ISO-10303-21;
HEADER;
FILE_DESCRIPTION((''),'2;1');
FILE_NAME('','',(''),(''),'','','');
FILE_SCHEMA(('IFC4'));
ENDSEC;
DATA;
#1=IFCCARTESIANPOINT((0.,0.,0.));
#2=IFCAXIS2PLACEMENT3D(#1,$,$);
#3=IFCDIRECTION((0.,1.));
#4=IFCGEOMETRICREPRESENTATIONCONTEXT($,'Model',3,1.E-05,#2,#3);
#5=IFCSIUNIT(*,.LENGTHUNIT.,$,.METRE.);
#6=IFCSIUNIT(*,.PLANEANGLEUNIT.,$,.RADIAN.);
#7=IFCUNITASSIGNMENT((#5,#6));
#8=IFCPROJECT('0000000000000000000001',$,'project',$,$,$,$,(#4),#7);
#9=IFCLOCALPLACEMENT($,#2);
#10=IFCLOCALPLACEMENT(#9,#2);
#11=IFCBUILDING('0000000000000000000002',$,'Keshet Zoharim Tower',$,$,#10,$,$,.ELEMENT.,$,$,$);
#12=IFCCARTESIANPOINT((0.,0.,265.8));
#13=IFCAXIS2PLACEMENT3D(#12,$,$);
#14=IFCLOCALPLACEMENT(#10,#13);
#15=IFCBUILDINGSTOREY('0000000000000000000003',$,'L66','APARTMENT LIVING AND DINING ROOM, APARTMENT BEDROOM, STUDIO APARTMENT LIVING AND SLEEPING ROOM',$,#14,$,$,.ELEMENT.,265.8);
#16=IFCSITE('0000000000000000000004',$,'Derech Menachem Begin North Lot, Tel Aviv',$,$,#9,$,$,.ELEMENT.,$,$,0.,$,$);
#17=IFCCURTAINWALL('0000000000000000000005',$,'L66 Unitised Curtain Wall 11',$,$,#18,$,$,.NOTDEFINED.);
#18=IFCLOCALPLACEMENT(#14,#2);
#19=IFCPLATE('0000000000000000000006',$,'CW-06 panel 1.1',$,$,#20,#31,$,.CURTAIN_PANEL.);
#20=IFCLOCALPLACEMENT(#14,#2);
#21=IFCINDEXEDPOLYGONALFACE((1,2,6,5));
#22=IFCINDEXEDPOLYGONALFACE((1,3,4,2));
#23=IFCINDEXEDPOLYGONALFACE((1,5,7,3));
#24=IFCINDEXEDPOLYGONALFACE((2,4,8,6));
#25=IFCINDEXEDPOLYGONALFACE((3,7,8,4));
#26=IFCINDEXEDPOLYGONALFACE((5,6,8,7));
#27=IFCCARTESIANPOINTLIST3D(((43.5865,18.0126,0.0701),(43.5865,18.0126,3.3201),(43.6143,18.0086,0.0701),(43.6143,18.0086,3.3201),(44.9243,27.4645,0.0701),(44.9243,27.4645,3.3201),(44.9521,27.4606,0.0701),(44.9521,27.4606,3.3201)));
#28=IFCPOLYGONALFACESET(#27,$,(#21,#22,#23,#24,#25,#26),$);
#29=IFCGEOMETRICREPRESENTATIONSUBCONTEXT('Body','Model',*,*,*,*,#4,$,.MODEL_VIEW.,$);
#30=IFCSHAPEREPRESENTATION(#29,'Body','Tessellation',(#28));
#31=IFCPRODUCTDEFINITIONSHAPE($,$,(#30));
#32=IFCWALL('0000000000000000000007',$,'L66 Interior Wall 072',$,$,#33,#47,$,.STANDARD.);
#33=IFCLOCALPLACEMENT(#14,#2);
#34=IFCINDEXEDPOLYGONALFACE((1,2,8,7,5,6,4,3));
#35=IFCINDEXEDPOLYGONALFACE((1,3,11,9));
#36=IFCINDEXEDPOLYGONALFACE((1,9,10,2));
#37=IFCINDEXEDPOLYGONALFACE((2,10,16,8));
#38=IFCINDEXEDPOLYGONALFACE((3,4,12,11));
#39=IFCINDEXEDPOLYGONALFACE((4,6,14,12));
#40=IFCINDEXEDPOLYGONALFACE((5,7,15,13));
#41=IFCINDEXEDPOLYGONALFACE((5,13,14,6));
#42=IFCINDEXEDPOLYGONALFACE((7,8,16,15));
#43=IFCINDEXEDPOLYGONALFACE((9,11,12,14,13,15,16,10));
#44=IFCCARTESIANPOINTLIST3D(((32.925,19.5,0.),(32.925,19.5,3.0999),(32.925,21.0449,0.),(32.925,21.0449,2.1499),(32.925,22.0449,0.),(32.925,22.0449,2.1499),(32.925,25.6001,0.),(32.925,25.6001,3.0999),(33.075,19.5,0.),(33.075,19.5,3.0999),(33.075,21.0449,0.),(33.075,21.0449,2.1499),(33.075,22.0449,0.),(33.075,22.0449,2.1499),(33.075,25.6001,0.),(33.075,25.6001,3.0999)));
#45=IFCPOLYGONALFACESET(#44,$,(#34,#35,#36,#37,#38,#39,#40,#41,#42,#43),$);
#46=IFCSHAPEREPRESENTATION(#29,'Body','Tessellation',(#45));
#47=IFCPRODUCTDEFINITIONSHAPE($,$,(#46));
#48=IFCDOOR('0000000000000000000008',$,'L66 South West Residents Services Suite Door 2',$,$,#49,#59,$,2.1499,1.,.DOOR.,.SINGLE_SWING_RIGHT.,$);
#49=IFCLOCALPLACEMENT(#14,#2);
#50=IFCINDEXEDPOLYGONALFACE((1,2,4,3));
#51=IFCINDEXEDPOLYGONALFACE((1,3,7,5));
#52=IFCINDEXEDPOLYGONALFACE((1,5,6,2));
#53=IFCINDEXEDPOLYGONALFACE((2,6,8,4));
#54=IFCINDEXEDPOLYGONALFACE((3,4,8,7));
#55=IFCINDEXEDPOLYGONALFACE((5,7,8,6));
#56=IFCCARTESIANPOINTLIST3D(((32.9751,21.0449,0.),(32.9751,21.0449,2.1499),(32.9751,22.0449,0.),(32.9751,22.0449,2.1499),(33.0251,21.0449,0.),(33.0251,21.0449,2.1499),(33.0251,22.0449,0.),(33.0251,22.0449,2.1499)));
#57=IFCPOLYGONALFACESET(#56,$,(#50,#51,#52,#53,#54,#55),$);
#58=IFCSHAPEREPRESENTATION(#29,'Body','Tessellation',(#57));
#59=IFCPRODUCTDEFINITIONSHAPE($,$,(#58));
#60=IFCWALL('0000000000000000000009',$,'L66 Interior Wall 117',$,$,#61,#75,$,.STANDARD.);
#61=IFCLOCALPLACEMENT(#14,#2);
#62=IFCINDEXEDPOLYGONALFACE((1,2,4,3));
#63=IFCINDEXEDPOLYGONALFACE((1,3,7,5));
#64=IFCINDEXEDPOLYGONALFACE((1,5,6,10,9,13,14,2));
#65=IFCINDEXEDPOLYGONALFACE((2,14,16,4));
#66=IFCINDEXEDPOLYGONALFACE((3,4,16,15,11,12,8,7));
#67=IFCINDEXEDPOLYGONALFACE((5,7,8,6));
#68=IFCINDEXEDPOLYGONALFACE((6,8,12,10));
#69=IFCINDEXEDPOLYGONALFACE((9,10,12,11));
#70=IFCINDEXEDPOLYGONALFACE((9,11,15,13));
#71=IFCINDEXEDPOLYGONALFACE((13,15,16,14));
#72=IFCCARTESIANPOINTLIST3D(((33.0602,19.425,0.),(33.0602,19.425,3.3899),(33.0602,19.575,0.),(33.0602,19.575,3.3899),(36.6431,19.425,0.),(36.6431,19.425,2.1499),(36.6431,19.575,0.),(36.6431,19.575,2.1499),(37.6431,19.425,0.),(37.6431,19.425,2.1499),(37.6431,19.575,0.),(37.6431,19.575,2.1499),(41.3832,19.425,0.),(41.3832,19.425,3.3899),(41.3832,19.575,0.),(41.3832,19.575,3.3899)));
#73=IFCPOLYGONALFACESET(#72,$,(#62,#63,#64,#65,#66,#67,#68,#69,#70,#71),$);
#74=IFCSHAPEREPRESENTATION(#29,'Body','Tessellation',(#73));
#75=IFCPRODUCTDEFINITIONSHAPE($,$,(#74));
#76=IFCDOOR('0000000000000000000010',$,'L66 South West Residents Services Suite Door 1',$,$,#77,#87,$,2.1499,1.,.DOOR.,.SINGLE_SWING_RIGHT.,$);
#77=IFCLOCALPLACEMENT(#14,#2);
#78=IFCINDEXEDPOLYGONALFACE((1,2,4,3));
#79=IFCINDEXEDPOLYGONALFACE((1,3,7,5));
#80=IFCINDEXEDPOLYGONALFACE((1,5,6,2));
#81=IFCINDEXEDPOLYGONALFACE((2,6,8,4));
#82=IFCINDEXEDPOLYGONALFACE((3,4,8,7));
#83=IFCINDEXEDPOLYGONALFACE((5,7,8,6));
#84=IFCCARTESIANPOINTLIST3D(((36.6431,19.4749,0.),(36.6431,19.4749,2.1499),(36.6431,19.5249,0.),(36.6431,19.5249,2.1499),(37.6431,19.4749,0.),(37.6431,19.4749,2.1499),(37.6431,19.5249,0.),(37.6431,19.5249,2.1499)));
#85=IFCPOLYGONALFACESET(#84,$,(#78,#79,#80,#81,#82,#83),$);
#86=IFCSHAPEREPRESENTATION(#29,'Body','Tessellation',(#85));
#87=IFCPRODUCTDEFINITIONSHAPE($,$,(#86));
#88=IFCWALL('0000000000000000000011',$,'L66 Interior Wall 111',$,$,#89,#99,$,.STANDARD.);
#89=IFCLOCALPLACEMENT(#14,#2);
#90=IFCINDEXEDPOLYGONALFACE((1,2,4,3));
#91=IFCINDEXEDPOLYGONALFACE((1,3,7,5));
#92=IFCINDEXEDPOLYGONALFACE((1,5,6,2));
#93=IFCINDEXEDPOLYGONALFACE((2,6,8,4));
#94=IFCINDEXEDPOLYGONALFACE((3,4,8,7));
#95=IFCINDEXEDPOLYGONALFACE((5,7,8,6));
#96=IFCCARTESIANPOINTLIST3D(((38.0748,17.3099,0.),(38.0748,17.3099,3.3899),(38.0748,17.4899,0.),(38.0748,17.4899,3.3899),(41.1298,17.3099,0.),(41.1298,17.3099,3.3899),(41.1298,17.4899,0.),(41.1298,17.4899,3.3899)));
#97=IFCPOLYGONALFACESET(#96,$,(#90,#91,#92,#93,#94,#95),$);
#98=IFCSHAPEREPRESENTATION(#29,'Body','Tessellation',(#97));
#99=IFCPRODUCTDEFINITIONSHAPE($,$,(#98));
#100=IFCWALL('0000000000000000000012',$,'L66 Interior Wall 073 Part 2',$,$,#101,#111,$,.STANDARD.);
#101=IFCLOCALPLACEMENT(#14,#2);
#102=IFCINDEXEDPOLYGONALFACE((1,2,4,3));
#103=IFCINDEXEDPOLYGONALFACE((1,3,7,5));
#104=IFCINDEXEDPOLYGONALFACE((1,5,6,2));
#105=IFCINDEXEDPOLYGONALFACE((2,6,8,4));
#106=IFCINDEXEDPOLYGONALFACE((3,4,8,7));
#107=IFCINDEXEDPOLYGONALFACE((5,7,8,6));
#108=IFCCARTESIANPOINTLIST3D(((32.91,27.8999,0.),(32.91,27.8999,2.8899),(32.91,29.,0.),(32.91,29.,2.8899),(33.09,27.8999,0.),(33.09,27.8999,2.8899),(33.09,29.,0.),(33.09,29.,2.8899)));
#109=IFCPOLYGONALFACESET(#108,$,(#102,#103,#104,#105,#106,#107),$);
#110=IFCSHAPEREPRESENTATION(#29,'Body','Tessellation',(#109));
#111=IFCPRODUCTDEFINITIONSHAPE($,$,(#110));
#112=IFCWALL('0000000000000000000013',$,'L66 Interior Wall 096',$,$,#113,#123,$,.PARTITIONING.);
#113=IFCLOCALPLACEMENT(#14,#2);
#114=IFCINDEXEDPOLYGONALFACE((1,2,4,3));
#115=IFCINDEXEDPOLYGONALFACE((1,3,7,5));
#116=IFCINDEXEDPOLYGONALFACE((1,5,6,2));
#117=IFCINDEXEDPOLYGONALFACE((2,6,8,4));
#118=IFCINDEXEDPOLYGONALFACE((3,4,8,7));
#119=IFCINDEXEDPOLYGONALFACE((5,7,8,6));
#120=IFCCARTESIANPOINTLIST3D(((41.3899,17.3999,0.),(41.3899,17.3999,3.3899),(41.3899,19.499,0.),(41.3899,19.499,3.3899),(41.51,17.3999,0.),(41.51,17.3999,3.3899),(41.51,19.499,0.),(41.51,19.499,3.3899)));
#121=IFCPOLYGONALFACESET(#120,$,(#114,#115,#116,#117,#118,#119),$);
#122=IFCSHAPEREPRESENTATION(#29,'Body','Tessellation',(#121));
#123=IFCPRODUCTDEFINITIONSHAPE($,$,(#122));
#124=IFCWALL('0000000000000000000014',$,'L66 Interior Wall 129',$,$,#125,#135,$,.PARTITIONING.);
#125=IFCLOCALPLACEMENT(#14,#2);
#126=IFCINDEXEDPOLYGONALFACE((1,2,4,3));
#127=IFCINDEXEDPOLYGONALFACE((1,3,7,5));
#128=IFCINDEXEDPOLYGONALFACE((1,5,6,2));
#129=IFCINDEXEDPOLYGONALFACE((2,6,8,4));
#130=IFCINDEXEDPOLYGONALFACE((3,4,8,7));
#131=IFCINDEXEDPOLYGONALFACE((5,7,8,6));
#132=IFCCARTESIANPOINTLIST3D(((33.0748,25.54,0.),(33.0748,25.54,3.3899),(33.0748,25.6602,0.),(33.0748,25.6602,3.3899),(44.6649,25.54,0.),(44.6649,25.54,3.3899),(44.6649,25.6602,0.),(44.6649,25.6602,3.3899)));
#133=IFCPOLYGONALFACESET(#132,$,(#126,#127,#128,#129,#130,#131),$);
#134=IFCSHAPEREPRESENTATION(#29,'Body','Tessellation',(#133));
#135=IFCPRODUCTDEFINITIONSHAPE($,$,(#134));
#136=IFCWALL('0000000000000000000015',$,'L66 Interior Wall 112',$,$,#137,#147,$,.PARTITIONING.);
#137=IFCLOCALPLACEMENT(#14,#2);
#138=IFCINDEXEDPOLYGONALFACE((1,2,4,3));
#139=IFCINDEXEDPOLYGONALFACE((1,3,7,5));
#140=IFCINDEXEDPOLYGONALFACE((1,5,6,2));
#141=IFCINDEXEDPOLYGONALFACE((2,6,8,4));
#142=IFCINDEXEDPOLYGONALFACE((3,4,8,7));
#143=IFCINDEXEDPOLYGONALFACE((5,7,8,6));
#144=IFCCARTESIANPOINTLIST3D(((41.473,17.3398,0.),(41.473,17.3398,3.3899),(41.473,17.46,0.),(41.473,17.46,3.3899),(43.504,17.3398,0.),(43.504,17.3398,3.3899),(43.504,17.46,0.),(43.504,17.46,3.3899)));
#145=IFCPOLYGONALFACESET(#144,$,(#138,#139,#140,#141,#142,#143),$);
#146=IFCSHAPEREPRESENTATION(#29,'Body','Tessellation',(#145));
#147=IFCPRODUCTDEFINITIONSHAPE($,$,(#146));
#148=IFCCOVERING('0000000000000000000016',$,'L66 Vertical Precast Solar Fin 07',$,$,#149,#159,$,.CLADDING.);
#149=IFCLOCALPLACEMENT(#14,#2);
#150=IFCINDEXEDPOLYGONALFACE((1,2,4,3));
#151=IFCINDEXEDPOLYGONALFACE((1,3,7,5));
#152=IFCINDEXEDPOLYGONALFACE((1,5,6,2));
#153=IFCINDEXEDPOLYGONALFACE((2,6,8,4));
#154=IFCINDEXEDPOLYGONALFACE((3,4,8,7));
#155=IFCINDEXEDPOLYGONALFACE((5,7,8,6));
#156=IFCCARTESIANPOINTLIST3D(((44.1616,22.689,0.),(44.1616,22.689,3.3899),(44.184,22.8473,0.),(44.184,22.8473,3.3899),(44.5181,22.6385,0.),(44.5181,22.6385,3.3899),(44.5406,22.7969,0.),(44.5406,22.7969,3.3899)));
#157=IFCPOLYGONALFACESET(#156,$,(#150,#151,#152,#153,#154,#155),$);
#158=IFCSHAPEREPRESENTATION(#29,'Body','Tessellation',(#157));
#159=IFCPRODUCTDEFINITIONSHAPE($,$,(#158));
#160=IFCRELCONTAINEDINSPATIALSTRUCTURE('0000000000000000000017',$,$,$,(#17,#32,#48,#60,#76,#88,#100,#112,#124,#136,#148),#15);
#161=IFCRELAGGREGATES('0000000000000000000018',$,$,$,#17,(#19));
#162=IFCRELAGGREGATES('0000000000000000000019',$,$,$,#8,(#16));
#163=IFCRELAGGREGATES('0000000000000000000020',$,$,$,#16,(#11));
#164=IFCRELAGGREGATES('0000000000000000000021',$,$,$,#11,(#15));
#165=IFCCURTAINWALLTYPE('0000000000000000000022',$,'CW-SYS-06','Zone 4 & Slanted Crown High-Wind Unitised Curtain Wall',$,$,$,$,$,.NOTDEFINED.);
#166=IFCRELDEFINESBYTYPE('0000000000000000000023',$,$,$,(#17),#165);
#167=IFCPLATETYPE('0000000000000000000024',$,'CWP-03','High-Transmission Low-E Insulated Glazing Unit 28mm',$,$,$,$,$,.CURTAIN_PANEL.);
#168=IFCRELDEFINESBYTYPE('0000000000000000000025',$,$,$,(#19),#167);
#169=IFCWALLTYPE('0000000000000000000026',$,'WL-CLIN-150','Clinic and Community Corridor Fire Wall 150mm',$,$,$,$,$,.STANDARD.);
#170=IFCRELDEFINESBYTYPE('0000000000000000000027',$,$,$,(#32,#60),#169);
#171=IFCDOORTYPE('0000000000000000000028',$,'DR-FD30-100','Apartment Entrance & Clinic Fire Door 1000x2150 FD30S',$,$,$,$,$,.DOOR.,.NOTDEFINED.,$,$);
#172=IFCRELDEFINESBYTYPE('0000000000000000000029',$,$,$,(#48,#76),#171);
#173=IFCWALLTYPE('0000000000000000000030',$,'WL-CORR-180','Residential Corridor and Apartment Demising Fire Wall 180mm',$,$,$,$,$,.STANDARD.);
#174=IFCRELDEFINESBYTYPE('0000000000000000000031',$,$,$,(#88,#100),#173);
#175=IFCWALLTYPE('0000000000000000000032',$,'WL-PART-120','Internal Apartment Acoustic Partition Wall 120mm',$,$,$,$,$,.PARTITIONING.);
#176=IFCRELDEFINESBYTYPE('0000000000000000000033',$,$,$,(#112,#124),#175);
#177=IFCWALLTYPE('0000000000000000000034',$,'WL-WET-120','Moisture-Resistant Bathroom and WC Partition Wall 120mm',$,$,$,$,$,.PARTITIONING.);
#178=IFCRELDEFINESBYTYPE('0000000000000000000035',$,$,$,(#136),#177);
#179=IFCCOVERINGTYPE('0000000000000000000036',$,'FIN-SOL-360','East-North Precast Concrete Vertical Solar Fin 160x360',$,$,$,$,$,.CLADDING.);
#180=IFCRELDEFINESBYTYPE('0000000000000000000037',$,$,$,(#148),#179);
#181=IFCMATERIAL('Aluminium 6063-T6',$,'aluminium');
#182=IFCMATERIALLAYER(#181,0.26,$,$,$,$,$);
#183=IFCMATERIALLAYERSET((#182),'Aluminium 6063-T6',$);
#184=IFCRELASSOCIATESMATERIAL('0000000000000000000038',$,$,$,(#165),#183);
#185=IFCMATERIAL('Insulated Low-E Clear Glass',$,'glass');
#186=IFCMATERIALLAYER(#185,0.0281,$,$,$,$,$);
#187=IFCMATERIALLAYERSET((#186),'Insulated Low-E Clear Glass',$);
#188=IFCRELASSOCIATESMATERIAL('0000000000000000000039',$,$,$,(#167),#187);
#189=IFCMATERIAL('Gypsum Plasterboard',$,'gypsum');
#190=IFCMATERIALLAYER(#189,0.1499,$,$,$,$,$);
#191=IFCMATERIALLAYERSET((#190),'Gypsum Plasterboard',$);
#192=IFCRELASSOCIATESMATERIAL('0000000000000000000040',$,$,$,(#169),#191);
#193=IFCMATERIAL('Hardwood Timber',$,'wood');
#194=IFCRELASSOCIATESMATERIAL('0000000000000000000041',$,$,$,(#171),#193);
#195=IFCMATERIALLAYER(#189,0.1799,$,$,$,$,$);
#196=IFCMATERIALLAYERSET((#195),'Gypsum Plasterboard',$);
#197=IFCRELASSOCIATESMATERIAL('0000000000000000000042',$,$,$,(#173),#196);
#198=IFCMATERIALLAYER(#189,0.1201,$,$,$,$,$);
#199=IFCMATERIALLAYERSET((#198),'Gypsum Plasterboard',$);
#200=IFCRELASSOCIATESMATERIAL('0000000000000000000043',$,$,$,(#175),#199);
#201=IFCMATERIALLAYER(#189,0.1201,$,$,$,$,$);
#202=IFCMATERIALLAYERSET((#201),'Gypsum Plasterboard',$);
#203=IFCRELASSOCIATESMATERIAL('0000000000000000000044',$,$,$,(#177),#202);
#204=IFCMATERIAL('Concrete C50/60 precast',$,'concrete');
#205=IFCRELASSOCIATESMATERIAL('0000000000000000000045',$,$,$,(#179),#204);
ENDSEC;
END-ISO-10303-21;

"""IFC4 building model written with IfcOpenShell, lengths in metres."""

from ifc_helpers import new_model, si_unit, direction, frame, frame_2d, origin, origin_2d, place, context, subcontext, project, spatial, rectangle, extrude, material, layer, layer_set, type_object, element, fill, aggregate, save


model = new_model("IFC4")

# Units and contexts
model_context = context("Model", 3, precision=1e-05, world=origin(), true_north=direction((0.0, 1.0)))
body_context = subcontext(model_context, "Body", "Model", "MODEL_VIEW")
ifc_project = project(units=[si_unit("LENGTHUNIT", "METRE"), si_unit("PLANEANGLEUNIT", "RADIAN")], contexts=[model_context])

# Site, building, storey
site_placement = place(None, origin())
site = spatial("IfcSite", under=ifc_project, at=site_placement, Name="Derech Menachem Begin North Lot, Tel Aviv", CompositionType="ELEMENT", RefElevation=0.0)
building_placement = place(site_placement, origin())
building = spatial("IfcBuilding", under=site, at=building_placement, Name="Keshet Zoharim Tower", CompositionType="ELEMENT")
storey_placement = place(building_placement, frame((0.0, 0.0, 265.8)))
storey = spatial("IfcBuildingStorey", under=building, at=storey_placement, Name="L66", Description="APARTMENT LIVING AND DINING ROOM, APARTMENT BEDROOM, STUDIO APARTMENT LIVING AND SLEEPING ROOM", CompositionType="ELEMENT", Elevation=265.8)

# Shared definitions
ifc_material_1 = material(Name="Aluminium 6063-T6", Category="aluminium")
ifc_layer_1 = layer(ifc_material_1, 0.26)
ifc_layer_set_1 = layer_set([ifc_layer_1], Name="Aluminium 6063-T6")
curtain_wall_type = type_object("IfcCurtainWallType", Name="CW-SYS-06", Description="Zone 4 & Slanted Crown High-Wind Unitised Curtain Wall", PredefinedType="NOTDEFINED", material=ifc_layer_set_1)

# Curtain wall
curtain_wall_1_placement = place(storey_placement, origin())
curtain_wall_1 = element("IfcCurtainWall", 1, at=curtain_wall_1_placement, inside=storey, type_object=curtain_wall_type, Name="L66 Unitised Curtain Wall 11", PredefinedType="NOTDEFINED")

# Plate
ifc_material_2 = material(Name="Insulated Low-E Clear Glass", Category="glass")
ifc_layer_2 = layer(ifc_material_2, 0.0281)
ifc_layer_set_2 = layer_set([ifc_layer_2], Name="Insulated Low-E Clear Glass")
plate_type = type_object("IfcPlateType", Name="CWP-03", Description="High-Transmission Low-E Insulated Glazing Unit 28mm", PredefinedType="CURTAIN_PANEL", material=ifc_layer_set_2)
plate_1_placement = place(storey_placement, frame((44.2693, 22.7366, 0.0701), z_axis=(0.0, 0.0, 1.0), x_axis=(-0.140137, -0.990132, 0.0)))
plate_1 = element("IfcPlate", 2, at=plate_1_placement, type_object=plate_type, Name="CW-06 panel 1.1", PredefinedType="CURTAIN_PANEL", context=body_context, shape_type="SweptSolid", body=[
    extrude(rectangle(XDim=9.5461, YDim=0.0281, at=origin_2d()), origin(), (0.0, 0.0, 1.0), 3.25),
])
aggregate(curtain_wall_1, [plate_1])

# Walls, openings, doors
ifc_material_3 = material(Name="Gypsum Plasterboard", Category="gypsum")
ifc_layer_3 = layer(ifc_material_3, 0.1499)
ifc_layer_set_3 = layer_set([ifc_layer_3], Name="Gypsum Plasterboard")
wall_type_1 = type_object("IfcWallType", Name="WL-CLIN-150", Description="Clinic and Community Corridor Fire Wall 150mm", PredefinedType="STANDARD", material=ifc_layer_set_3)
wall_1_placement = place(storey_placement, frame((33.0, 19.5, 0.0), z_axis=(0.0, 0.0, 1.0), x_axis=(0.0, 1.0, 0.0)))
wall_1 = element("IfcWall", 3, at=wall_1_placement, inside=storey, type_object=wall_type_1, Name="L66 Interior Wall 072", PredefinedType="STANDARD", context=body_context, shape_type="SweptSolid", body=[
    extrude(rectangle(XDim=6.1001, YDim=0.1499, at=frame_2d((3.05, 0.0))), origin(), (0.0, 0.0, 1.0), 3.0999),
])
opening_1_placement = place(wall_1_placement, frame((1.5449, 0.0, 0.0)))
opening_1 = element("IfcOpeningElement", 4, at=opening_1_placement, cuts=wall_1, PredefinedType="OPENING", context=body_context, shape_type="SweptSolid", body=[
    extrude(rectangle(XDim=1.0, YDim=2.1499, at=frame_2d((0.5, 1.075))), frame((0.0, 0.085, 0.0), z_axis=(0.0, -1.0, 0.0), x_axis=(1.0, 0.0, 0.0)), (0.0, 0.0, 1.0), 0.1699),
])
ifc_material_4 = material(Name="Hardwood Timber", Category="wood")
door_type = type_object("IfcDoorType", Name="DR-FD30-100", Description="Apartment Entrance & Clinic Fire Door 1000x2150 FD30S", OperationType="NOTDEFINED", PredefinedType="DOOR", material=ifc_material_4)
door_1_placement = place(opening_1_placement, origin())
door_1 = element("IfcDoor", 5, at=door_1_placement, inside=storey, type_object=door_type, Name="L66 South West Residents Services Suite Door 2", OperationType="SINGLE_SWING_RIGHT", OverallHeight=2.1499, OverallWidth=1.0, PredefinedType="DOOR", context=body_context, shape_type="SweptSolid", body=[
    extrude(rectangle(XDim=1.0, YDim=2.1499, at=frame_2d((0.5, 1.075))), frame((0.0, 0.0249, 0.0), z_axis=(0.0, -1.0, 0.0), x_axis=(1.0, 0.0, 0.0)), (0.0, 0.0, 1.0), 0.05),
])
fill(opening_1, door_1)
wall_2_placement = place(storey_placement, frame((33.0601, 19.5, 0.0), z_axis=(0.0, 0.0, 1.0), x_axis=(1.0, 0.0, 0.0)))
wall_2 = element("IfcWall", 6, at=wall_2_placement, inside=storey, type_object=wall_type_1, Name="L66 Interior Wall 117", PredefinedType="STANDARD", context=body_context, shape_type="SweptSolid", body=[
    extrude(rectangle(XDim=8.323, YDim=0.1499, at=frame_2d((4.1616, 0.0))), origin(), (0.0, 0.0, 1.0), 3.3899),
])
opening_2_placement = place(wall_2_placement, frame((3.583, 0.0, 0.0)))
opening_2 = element("IfcOpeningElement", 7, at=opening_2_placement, cuts=wall_2, PredefinedType="OPENING", context=body_context, shape_type="SweptSolid", body=[
    extrude(rectangle(XDim=1.0, YDim=2.1499, at=frame_2d((0.5, 1.075))), frame((0.0, 0.085, 0.0), z_axis=(0.0, -1.0, 0.0), x_axis=(1.0, 0.0, 0.0)), (0.0, 0.0, 1.0), 0.1699),
])
door_2_placement = place(opening_2_placement, origin())
door_2 = element("IfcDoor", 8, at=door_2_placement, inside=storey, type_object=door_type, Name="L66 South West Residents Services Suite Door 1", OperationType="SINGLE_SWING_RIGHT", OverallHeight=2.1499, OverallWidth=1.0, PredefinedType="DOOR", context=body_context, shape_type="SweptSolid", body=[
    extrude(rectangle(XDim=1.0, YDim=2.1499, at=frame_2d((0.5, 1.075))), frame((0.0, 0.0249, 0.0), z_axis=(0.0, -1.0, 0.0), x_axis=(1.0, 0.0, 0.0)), (0.0, 0.0, 1.0), 0.05),
])
fill(opening_2, door_2)
ifc_layer_4 = layer(ifc_material_3, 0.1799)
ifc_layer_set_4 = layer_set([ifc_layer_4], Name="Gypsum Plasterboard")
wall_type_2 = type_object("IfcWallType", Name="WL-CORR-180", Description="Residential Corridor and Apartment Demising Fire Wall 180mm", PredefinedType="STANDARD", material=ifc_layer_set_4)

# Walls
wall_3_placement = place(storey_placement, frame((38.075, 17.3999, 0.0), z_axis=(0.0, 0.0, 1.0), x_axis=(1.0, 0.0, 0.0)))
element("IfcWall", 9, at=wall_3_placement, inside=storey, type_object=wall_type_2, Name="L66 Interior Wall 111", PredefinedType="STANDARD", context=body_context, shape_type="SweptSolid", body=[
    extrude(rectangle(XDim=3.0549, YDim=0.1799, at=frame_2d((1.5273, 0.0))), origin(), (0.0, 0.0, 1.0), 3.3899),
])
wall_4_placement = place(storey_placement, frame((33.0, 27.8999, 0.0), z_axis=(0.0, 0.0, 1.0), x_axis=(0.0, 1.0, 0.0)))
element("IfcWall", 10, at=wall_4_placement, inside=storey, type_object=wall_type_2, Name="L66 Interior Wall 073 Part 2", PredefinedType="STANDARD", context=body_context, shape_type="SweptSolid", body=[
    extrude(rectangle(XDim=1.1001, YDim=0.1799, at=frame_2d((0.55, 0.0))), origin(), (0.0, 0.0, 1.0), 2.8899),
])
ifc_layer_5 = layer(ifc_material_3, 0.1201)
ifc_layer_set_5 = layer_set([ifc_layer_5], Name="Gypsum Plasterboard")
wall_type_3 = type_object("IfcWallType", Name="WL-PART-120", Description="Internal Apartment Acoustic Partition Wall 120mm", PredefinedType="PARTITIONING", material=ifc_layer_set_5)
wall_5_placement = place(storey_placement, frame((41.45, 17.3999, 0.0), z_axis=(0.0, 0.0, 1.0), x_axis=(0.0, 1.0, 0.0)))
element("IfcWall", 11, at=wall_5_placement, inside=storey, type_object=wall_type_3, Name="L66 Interior Wall 096", PredefinedType="PARTITIONING", context=body_context, shape_type="SweptSolid", body=[
    extrude(rectangle(XDim=2.0991, YDim=0.1201, at=frame_2d((1.0496, 0.0))), origin(), (0.0, 0.0, 1.0), 3.3899),
])
wall_6_placement = place(storey_placement, frame((33.075, 25.6001, 0.0), z_axis=(0.0, 0.0, 1.0), x_axis=(1.0, 0.0, 0.0)))
element("IfcWall", 12, at=wall_6_placement, inside=storey, type_object=wall_type_3, Name="L66 Interior Wall 129", PredefinedType="PARTITIONING", context=body_context, shape_type="SweptSolid", body=[
    extrude(rectangle(XDim=11.5901, YDim=0.1201, at=frame_2d((5.7949, 0.0))), origin(), (0.0, 0.0, 1.0), 3.3899),
])
ifc_layer_6 = layer(ifc_material_3, 0.1201)
ifc_layer_set_6 = layer_set([ifc_layer_6], Name="Gypsum Plasterboard")
wall_type_4 = type_object("IfcWallType", Name="WL-WET-120", Description="Moisture-Resistant Bathroom and WC Partition Wall 120mm", PredefinedType="PARTITIONING", material=ifc_layer_set_6)
wall_7_placement = place(storey_placement, frame((41.4729, 17.3999, 0.0), z_axis=(0.0, 0.0, 1.0), x_axis=(1.0, 0.0, 0.0)))
element("IfcWall", 13, at=wall_7_placement, inside=storey, type_object=wall_type_4, Name="L66 Interior Wall 112", PredefinedType="PARTITIONING", context=body_context, shape_type="SweptSolid", body=[
    extrude(rectangle(XDim=2.031, YDim=0.1201, at=frame_2d((1.0156, 0.0))), origin(), (0.0, 0.0, 1.0), 3.3899),
])

# Covering
ifc_material_5 = material(Name="Concrete C50/60 precast", Category="concrete")
covering_type = type_object("IfcCoveringType", Name="FIN-SOL-360", Description="East-North Precast Concrete Vertical Solar Fin 160x360", PredefinedType="CLADDING", material=ifc_material_5)
covering_placement = place(storey_placement, frame((44.3511, 22.7429, 0.0), z_axis=(0.0, 0.0, 1.0), x_axis=(-0.140137, -0.990132, 0.0)))
element("IfcCovering", 14, at=covering_placement, inside=storey, type_object=covering_type, Name="L66 Vertical Precast Solar Fin 07", PredefinedType="CLADDING", context=body_context, shape_type="SweptSolid", body=[
    extrude(rectangle(XDim=0.1599, YDim=0.3601, at=origin_2d()), origin(), (0.0, 0.0, 1.0), 3.3899),
])

save(model, "model.ifc")
